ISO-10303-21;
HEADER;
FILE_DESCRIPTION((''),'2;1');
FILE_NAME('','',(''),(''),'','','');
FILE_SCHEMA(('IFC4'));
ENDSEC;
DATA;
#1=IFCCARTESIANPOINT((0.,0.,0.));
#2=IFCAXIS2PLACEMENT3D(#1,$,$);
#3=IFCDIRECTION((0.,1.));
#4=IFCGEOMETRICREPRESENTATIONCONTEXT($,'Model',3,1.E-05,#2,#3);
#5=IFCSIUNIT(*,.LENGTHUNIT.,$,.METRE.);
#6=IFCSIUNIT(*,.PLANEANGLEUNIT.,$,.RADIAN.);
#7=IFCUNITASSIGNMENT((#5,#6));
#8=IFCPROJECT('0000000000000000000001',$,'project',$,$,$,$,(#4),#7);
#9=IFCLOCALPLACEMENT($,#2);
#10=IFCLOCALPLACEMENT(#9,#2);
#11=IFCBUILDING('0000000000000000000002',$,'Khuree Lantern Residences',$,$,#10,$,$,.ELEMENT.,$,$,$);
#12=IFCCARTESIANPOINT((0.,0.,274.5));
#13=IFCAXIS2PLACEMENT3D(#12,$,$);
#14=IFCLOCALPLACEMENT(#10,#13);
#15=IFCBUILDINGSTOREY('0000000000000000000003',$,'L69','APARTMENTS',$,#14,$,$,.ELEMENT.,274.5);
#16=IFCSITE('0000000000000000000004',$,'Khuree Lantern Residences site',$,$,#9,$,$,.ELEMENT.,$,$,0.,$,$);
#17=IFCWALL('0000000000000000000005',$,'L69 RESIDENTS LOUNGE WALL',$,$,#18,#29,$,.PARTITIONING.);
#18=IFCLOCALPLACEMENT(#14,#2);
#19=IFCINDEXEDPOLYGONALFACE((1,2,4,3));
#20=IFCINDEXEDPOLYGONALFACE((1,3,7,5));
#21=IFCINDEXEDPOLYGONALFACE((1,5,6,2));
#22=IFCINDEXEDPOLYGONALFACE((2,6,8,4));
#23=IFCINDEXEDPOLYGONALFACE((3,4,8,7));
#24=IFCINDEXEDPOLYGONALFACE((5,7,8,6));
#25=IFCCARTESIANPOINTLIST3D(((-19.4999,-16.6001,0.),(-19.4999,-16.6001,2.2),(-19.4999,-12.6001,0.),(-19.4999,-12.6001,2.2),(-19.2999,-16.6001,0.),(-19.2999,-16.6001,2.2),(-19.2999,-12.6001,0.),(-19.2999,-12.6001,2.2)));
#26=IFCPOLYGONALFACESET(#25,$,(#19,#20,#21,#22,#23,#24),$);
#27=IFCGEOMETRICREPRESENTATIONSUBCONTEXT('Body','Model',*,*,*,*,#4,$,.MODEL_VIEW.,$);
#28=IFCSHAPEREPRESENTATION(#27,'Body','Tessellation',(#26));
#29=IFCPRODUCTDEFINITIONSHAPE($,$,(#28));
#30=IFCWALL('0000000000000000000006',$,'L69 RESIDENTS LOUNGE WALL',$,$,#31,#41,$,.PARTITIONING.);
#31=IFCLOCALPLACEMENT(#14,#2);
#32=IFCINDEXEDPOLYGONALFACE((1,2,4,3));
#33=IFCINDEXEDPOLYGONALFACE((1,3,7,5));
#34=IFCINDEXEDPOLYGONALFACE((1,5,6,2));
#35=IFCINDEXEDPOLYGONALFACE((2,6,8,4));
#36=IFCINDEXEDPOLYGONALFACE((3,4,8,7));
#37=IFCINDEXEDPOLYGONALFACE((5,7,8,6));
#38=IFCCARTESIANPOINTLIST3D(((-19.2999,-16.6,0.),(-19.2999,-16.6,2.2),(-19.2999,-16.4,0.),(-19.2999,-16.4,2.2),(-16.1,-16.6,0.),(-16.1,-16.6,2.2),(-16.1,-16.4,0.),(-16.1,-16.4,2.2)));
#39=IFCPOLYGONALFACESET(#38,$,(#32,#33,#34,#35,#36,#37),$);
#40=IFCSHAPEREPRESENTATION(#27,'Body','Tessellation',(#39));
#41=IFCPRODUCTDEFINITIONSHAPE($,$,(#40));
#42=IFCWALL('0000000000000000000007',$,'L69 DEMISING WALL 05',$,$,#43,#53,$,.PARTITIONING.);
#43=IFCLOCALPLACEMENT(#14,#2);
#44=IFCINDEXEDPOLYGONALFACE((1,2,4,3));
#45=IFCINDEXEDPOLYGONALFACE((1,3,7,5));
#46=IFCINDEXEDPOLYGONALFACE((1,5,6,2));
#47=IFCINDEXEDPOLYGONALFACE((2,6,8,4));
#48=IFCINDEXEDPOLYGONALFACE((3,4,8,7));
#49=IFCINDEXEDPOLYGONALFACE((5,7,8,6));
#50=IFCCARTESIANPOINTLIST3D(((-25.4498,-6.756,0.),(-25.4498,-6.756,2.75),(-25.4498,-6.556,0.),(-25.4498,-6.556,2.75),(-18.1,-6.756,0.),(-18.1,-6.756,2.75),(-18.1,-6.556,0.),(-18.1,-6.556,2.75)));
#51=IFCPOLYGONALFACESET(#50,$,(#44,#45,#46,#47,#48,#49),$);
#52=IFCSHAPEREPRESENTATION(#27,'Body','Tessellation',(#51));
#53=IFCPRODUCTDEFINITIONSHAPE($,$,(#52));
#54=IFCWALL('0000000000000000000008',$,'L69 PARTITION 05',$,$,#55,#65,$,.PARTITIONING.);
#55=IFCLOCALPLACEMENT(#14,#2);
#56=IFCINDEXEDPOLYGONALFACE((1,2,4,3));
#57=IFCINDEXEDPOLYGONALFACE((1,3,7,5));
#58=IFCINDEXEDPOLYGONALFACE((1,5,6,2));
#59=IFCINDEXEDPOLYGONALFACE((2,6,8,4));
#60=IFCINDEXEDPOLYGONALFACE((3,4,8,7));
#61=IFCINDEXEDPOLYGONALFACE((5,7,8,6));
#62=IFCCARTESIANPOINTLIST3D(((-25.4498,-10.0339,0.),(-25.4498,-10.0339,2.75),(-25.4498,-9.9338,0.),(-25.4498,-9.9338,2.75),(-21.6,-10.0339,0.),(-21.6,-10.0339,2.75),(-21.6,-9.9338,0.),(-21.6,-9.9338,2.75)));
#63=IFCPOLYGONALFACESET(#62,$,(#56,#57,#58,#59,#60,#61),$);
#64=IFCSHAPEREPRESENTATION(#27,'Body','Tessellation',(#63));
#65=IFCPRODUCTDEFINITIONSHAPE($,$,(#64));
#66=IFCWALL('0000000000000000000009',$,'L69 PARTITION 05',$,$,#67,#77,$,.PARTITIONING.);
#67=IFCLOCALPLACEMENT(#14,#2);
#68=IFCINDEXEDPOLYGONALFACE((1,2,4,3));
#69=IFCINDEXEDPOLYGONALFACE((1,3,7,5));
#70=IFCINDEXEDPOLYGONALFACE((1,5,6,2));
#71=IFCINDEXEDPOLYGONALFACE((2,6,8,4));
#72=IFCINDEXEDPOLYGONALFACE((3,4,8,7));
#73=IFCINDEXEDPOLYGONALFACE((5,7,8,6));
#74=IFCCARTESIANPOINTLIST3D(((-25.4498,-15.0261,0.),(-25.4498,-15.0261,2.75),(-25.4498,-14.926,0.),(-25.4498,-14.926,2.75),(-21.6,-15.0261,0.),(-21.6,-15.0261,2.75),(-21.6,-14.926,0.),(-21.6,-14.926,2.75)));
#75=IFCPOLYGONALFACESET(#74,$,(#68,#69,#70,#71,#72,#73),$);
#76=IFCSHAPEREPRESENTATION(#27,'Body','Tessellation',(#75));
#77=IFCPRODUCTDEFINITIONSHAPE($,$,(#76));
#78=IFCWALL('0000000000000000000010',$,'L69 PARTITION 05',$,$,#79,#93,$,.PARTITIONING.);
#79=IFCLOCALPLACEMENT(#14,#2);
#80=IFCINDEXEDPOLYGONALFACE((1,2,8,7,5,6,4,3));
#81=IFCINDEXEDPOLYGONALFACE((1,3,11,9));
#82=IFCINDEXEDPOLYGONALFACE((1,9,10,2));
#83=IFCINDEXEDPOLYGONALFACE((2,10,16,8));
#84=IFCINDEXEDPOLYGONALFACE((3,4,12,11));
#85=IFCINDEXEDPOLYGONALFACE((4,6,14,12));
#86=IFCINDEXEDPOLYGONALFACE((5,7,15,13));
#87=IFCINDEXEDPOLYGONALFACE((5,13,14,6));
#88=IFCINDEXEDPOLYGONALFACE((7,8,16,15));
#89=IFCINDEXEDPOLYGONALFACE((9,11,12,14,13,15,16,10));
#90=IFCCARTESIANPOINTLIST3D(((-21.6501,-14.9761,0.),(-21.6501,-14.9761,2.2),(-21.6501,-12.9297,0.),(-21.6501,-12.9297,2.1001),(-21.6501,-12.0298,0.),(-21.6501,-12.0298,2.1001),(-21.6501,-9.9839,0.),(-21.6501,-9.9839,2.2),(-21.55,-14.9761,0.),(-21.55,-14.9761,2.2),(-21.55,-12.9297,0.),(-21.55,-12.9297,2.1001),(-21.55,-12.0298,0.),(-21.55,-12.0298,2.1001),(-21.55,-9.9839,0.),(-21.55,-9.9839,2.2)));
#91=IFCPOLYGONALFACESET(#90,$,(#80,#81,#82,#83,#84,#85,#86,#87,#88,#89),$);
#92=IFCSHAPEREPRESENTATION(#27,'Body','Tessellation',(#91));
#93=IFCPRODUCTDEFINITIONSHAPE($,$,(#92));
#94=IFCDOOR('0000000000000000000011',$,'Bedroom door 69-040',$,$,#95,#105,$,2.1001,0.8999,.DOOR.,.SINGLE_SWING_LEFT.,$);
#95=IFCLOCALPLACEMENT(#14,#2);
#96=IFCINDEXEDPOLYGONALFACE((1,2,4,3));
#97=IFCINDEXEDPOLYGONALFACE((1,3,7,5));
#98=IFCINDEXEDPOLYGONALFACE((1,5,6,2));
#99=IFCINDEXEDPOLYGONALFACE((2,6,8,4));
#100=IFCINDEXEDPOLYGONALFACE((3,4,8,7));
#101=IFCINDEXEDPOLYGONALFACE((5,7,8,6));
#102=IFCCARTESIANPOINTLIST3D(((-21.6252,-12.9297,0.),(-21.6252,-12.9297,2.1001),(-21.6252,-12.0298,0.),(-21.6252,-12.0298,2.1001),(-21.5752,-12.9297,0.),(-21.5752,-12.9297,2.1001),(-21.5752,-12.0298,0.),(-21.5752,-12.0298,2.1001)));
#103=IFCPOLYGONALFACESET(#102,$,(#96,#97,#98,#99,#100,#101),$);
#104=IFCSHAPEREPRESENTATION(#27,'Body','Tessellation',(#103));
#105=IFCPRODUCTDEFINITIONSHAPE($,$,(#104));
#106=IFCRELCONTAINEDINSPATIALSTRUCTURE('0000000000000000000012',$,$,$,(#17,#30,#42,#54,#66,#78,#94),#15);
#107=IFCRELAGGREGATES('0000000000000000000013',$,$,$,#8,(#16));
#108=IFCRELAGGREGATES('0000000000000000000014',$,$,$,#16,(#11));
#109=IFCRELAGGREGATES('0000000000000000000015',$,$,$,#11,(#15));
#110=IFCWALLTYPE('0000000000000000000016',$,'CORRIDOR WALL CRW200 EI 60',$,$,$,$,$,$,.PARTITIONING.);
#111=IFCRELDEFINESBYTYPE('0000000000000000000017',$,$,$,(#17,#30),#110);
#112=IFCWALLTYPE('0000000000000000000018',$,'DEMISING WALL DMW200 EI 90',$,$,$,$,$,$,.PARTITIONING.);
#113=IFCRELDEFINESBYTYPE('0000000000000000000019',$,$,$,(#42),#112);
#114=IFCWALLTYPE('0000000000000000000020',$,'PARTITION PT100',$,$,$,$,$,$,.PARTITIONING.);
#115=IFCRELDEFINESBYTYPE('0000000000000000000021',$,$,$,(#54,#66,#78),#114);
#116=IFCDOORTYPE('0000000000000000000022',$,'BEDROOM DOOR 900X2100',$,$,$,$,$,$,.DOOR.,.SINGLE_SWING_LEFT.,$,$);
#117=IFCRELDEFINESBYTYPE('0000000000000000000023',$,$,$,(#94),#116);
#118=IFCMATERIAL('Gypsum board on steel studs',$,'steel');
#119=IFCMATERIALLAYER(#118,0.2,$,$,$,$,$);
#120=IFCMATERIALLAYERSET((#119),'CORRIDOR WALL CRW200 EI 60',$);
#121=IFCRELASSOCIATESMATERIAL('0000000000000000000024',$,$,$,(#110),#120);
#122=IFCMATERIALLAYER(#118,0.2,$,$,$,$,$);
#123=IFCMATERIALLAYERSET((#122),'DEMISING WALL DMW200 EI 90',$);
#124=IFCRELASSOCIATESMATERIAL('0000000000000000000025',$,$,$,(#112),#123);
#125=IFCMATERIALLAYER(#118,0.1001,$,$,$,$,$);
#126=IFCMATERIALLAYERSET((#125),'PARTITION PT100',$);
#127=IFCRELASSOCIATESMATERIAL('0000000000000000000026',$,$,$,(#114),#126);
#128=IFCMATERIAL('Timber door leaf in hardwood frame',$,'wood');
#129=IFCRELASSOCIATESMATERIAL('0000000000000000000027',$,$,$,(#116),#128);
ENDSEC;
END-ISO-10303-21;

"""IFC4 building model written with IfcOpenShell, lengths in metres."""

from ifc_helpers import new_model, si_unit, direction, frame, frame_2d, origin, place, context, subcontext, project, spatial, rectangle, extrude, material, layer, layer_set, type_object, element, fill, save


model = new_model("IFC4")

# Units and contexts
model_context = context("Model", 3, precision=1e-05, world=origin(), true_north=direction((0.0, 1.0)))
body_context = subcontext(model_context, "Body", "Model", "MODEL_VIEW")
ifc_project = project(units=[si_unit("LENGTHUNIT", "METRE"), si_unit("PLANEANGLEUNIT", "RADIAN")], contexts=[model_context])

# Site, building, storey
site_placement = place(None, origin())
site = spatial("IfcSite", under=ifc_project, at=site_placement, Name="Khuree Lantern Residences site", CompositionType="ELEMENT", RefElevation=0.0)
building_placement = place(site_placement, origin())
building = spatial("IfcBuilding", under=site, at=building_placement, Name="Khuree Lantern Residences", CompositionType="ELEMENT")
storey_placement = place(building_placement, frame((0.0, 0.0, 274.5)))
storey = spatial("IfcBuildingStorey", under=building, at=storey_placement, Name="L69", Description="APARTMENTS", CompositionType="ELEMENT", Elevation=274.5)

# Shared definitions
ifc_material_1 = material(Name="Timber door leaf in hardwood frame", Category="wood")

# Walls
ifc_material_2 = material(Name="Gypsum board on steel studs", Category="steel")
ifc_layer_1 = layer(ifc_material_2, 0.2)
ifc_layer_set_1 = layer_set([ifc_layer_1], Name="CORRIDOR WALL CRW200 EI 60")
wall_type_1 = type_object("IfcWallType", Name="CORRIDOR WALL CRW200 EI 60", PredefinedType="PARTITIONING", material=ifc_layer_set_1)
wall_1_placement = place(storey_placement, frame((-19.3999, -12.6001, 0.0), z_axis=(0.0, 0.0, 1.0), x_axis=(0.0, -1.0, 0.0)))
element("IfcWall", 1, at=wall_1_placement, inside=storey, type_object=wall_type_1, Name="L69 RESIDENTS LOUNGE WALL", PredefinedType="PARTITIONING", context=body_context, shape_type="SweptSolid", body=[
    extrude(rectangle(XDim=4.0, YDim=0.2, at=frame_2d((2.0, 0.0))), origin(), (0.0, 0.0, 1.0), 2.2),
])
wall_2_placement = place(storey_placement, frame((-19.3, -16.5, 0.0), z_axis=(0.0, 0.0, 1.0), x_axis=(1.0, 0.0, 0.0)))
element("IfcWall", 2, at=wall_2_placement, inside=storey, type_object=wall_type_1, Name="L69 RESIDENTS LOUNGE WALL", PredefinedType="PARTITIONING", context=body_context, shape_type="SweptSolid", body=[
    extrude(rectangle(XDim=3.2, YDim=0.2, at=frame_2d((1.6001, 0.0))), origin(), (0.0, 0.0, 1.0), 2.2),
])
ifc_layer_2 = layer(ifc_material_2, 0.2)
ifc_layer_set_2 = layer_set([ifc_layer_2], Name="DEMISING WALL DMW200 EI 90")
wall_type_2 = type_object("IfcWallType", Name="DEMISING WALL DMW200 EI 90", PredefinedType="PARTITIONING", material=ifc_layer_set_2)
wall_3_placement = place(storey_placement, frame((-18.1001, -6.656, 0.0), z_axis=(0.0, 0.0, 1.0), x_axis=(-1.0, 0.0, 0.0)))
element("IfcWall", 3, at=wall_3_placement, inside=storey, type_object=wall_type_2, Name="L69 DEMISING WALL 05", PredefinedType="PARTITIONING", context=body_context, shape_type="SweptSolid", body=[
    extrude(rectangle(XDim=7.3499, YDim=0.2, at=frame_2d((3.6748, 0.0))), origin(), (0.0, 0.0, 1.0), 2.75),
])
ifc_layer_3 = layer(ifc_material_2, 0.1001)
ifc_layer_set_3 = layer_set([ifc_layer_3], Name="PARTITION PT100")
wall_type_3 = type_object("IfcWallType", Name="PARTITION PT100", PredefinedType="PARTITIONING", material=ifc_layer_set_3)
for number, where, z_axis, x_axis, name in (
    (4, (-21.6001, -9.9839, 0.0), (0.0, 0.0, 1.0), (-1.0, 0.0, 0.0), "L69 PARTITION 05"),
    (5, (-21.6001, -14.9761, 0.0), (0.0, 0.0, 1.0), (-1.0, 0.0, 0.0), "L69 PARTITION 05"),
):
    element("IfcWall", number, at=place(storey_placement, frame(where, z_axis=z_axis, x_axis=x_axis)), inside=storey, type_object=wall_type_3, Name=name, PredefinedType="PARTITIONING", context=body_context, shape_type="SweptSolid", body=[
        extrude(rectangle(XDim=3.8499, YDim=0.1001, at=frame_2d((1.9248, 0.0))), origin(), (0.0, 0.0, 1.0), 2.75),
    ])

# Wall, opening, door
wall_4_placement = place(storey_placement, frame((-21.6001, -9.9839, 0.0), z_axis=(0.0, 0.0, 1.0), x_axis=(0.0, -1.0, 0.0)))
wall_4 = element("IfcWall", 6, at=wall_4_placement, inside=storey, type_object=wall_type_3, Name="L69 PARTITION 05", PredefinedType="PARTITIONING", context=body_context, shape_type="SweptSolid", body=[
    extrude(rectangle(XDim=4.9922, YDim=0.1001, at=frame_2d((2.4961, 0.0))), origin(), (0.0, 0.0, 1.0), 2.2),
])
opening_1_placement = place(wall_4_placement, frame((2.0459, 0.0, 0.0)))
opening_1 = element("IfcOpeningElement", 7, at=opening_1_placement, cuts=wall_4, PredefinedType="OPENING", context=body_context, shape_type="SweptSolid", body=[
    extrude(rectangle(XDim=0.8999, YDim=2.1001, at=frame_2d((0.45, 1.05))), frame((0.0, 0.0601, 0.0), z_axis=(0.0, -1.0, 0.0), x_axis=(1.0, 0.0, 0.0)), (0.0, 0.0, 1.0), 0.1201),
])
door_type_1 = type_object("IfcDoorType", Name="BEDROOM DOOR 900X2100", OperationType="SINGLE_SWING_LEFT", PredefinedType="DOOR", material=ifc_material_1)
door_1_placement = place(opening_1_placement, origin())
door_1 = element("IfcDoor", 8, at=door_1_placement, inside=storey, type_object=door_type_1, Name="Bedroom door 69-040", OperationType="SINGLE_SWING_LEFT", OverallHeight=2.1001, OverallWidth=0.8999, PredefinedType="DOOR", context=body_context, shape_type="SweptSolid", body=[
    extrude(rectangle(XDim=0.8999, YDim=2.1001, at=frame_2d((0.45, 1.05))), frame((0.0, 0.0249, 0.0), z_axis=(0.0, -1.0, 0.0), x_axis=(1.0, 0.0, 0.0)), (0.0, 0.0, 1.0), 0.05),
])
fill(opening_1, door_1)

save(model, "model.ifc")
